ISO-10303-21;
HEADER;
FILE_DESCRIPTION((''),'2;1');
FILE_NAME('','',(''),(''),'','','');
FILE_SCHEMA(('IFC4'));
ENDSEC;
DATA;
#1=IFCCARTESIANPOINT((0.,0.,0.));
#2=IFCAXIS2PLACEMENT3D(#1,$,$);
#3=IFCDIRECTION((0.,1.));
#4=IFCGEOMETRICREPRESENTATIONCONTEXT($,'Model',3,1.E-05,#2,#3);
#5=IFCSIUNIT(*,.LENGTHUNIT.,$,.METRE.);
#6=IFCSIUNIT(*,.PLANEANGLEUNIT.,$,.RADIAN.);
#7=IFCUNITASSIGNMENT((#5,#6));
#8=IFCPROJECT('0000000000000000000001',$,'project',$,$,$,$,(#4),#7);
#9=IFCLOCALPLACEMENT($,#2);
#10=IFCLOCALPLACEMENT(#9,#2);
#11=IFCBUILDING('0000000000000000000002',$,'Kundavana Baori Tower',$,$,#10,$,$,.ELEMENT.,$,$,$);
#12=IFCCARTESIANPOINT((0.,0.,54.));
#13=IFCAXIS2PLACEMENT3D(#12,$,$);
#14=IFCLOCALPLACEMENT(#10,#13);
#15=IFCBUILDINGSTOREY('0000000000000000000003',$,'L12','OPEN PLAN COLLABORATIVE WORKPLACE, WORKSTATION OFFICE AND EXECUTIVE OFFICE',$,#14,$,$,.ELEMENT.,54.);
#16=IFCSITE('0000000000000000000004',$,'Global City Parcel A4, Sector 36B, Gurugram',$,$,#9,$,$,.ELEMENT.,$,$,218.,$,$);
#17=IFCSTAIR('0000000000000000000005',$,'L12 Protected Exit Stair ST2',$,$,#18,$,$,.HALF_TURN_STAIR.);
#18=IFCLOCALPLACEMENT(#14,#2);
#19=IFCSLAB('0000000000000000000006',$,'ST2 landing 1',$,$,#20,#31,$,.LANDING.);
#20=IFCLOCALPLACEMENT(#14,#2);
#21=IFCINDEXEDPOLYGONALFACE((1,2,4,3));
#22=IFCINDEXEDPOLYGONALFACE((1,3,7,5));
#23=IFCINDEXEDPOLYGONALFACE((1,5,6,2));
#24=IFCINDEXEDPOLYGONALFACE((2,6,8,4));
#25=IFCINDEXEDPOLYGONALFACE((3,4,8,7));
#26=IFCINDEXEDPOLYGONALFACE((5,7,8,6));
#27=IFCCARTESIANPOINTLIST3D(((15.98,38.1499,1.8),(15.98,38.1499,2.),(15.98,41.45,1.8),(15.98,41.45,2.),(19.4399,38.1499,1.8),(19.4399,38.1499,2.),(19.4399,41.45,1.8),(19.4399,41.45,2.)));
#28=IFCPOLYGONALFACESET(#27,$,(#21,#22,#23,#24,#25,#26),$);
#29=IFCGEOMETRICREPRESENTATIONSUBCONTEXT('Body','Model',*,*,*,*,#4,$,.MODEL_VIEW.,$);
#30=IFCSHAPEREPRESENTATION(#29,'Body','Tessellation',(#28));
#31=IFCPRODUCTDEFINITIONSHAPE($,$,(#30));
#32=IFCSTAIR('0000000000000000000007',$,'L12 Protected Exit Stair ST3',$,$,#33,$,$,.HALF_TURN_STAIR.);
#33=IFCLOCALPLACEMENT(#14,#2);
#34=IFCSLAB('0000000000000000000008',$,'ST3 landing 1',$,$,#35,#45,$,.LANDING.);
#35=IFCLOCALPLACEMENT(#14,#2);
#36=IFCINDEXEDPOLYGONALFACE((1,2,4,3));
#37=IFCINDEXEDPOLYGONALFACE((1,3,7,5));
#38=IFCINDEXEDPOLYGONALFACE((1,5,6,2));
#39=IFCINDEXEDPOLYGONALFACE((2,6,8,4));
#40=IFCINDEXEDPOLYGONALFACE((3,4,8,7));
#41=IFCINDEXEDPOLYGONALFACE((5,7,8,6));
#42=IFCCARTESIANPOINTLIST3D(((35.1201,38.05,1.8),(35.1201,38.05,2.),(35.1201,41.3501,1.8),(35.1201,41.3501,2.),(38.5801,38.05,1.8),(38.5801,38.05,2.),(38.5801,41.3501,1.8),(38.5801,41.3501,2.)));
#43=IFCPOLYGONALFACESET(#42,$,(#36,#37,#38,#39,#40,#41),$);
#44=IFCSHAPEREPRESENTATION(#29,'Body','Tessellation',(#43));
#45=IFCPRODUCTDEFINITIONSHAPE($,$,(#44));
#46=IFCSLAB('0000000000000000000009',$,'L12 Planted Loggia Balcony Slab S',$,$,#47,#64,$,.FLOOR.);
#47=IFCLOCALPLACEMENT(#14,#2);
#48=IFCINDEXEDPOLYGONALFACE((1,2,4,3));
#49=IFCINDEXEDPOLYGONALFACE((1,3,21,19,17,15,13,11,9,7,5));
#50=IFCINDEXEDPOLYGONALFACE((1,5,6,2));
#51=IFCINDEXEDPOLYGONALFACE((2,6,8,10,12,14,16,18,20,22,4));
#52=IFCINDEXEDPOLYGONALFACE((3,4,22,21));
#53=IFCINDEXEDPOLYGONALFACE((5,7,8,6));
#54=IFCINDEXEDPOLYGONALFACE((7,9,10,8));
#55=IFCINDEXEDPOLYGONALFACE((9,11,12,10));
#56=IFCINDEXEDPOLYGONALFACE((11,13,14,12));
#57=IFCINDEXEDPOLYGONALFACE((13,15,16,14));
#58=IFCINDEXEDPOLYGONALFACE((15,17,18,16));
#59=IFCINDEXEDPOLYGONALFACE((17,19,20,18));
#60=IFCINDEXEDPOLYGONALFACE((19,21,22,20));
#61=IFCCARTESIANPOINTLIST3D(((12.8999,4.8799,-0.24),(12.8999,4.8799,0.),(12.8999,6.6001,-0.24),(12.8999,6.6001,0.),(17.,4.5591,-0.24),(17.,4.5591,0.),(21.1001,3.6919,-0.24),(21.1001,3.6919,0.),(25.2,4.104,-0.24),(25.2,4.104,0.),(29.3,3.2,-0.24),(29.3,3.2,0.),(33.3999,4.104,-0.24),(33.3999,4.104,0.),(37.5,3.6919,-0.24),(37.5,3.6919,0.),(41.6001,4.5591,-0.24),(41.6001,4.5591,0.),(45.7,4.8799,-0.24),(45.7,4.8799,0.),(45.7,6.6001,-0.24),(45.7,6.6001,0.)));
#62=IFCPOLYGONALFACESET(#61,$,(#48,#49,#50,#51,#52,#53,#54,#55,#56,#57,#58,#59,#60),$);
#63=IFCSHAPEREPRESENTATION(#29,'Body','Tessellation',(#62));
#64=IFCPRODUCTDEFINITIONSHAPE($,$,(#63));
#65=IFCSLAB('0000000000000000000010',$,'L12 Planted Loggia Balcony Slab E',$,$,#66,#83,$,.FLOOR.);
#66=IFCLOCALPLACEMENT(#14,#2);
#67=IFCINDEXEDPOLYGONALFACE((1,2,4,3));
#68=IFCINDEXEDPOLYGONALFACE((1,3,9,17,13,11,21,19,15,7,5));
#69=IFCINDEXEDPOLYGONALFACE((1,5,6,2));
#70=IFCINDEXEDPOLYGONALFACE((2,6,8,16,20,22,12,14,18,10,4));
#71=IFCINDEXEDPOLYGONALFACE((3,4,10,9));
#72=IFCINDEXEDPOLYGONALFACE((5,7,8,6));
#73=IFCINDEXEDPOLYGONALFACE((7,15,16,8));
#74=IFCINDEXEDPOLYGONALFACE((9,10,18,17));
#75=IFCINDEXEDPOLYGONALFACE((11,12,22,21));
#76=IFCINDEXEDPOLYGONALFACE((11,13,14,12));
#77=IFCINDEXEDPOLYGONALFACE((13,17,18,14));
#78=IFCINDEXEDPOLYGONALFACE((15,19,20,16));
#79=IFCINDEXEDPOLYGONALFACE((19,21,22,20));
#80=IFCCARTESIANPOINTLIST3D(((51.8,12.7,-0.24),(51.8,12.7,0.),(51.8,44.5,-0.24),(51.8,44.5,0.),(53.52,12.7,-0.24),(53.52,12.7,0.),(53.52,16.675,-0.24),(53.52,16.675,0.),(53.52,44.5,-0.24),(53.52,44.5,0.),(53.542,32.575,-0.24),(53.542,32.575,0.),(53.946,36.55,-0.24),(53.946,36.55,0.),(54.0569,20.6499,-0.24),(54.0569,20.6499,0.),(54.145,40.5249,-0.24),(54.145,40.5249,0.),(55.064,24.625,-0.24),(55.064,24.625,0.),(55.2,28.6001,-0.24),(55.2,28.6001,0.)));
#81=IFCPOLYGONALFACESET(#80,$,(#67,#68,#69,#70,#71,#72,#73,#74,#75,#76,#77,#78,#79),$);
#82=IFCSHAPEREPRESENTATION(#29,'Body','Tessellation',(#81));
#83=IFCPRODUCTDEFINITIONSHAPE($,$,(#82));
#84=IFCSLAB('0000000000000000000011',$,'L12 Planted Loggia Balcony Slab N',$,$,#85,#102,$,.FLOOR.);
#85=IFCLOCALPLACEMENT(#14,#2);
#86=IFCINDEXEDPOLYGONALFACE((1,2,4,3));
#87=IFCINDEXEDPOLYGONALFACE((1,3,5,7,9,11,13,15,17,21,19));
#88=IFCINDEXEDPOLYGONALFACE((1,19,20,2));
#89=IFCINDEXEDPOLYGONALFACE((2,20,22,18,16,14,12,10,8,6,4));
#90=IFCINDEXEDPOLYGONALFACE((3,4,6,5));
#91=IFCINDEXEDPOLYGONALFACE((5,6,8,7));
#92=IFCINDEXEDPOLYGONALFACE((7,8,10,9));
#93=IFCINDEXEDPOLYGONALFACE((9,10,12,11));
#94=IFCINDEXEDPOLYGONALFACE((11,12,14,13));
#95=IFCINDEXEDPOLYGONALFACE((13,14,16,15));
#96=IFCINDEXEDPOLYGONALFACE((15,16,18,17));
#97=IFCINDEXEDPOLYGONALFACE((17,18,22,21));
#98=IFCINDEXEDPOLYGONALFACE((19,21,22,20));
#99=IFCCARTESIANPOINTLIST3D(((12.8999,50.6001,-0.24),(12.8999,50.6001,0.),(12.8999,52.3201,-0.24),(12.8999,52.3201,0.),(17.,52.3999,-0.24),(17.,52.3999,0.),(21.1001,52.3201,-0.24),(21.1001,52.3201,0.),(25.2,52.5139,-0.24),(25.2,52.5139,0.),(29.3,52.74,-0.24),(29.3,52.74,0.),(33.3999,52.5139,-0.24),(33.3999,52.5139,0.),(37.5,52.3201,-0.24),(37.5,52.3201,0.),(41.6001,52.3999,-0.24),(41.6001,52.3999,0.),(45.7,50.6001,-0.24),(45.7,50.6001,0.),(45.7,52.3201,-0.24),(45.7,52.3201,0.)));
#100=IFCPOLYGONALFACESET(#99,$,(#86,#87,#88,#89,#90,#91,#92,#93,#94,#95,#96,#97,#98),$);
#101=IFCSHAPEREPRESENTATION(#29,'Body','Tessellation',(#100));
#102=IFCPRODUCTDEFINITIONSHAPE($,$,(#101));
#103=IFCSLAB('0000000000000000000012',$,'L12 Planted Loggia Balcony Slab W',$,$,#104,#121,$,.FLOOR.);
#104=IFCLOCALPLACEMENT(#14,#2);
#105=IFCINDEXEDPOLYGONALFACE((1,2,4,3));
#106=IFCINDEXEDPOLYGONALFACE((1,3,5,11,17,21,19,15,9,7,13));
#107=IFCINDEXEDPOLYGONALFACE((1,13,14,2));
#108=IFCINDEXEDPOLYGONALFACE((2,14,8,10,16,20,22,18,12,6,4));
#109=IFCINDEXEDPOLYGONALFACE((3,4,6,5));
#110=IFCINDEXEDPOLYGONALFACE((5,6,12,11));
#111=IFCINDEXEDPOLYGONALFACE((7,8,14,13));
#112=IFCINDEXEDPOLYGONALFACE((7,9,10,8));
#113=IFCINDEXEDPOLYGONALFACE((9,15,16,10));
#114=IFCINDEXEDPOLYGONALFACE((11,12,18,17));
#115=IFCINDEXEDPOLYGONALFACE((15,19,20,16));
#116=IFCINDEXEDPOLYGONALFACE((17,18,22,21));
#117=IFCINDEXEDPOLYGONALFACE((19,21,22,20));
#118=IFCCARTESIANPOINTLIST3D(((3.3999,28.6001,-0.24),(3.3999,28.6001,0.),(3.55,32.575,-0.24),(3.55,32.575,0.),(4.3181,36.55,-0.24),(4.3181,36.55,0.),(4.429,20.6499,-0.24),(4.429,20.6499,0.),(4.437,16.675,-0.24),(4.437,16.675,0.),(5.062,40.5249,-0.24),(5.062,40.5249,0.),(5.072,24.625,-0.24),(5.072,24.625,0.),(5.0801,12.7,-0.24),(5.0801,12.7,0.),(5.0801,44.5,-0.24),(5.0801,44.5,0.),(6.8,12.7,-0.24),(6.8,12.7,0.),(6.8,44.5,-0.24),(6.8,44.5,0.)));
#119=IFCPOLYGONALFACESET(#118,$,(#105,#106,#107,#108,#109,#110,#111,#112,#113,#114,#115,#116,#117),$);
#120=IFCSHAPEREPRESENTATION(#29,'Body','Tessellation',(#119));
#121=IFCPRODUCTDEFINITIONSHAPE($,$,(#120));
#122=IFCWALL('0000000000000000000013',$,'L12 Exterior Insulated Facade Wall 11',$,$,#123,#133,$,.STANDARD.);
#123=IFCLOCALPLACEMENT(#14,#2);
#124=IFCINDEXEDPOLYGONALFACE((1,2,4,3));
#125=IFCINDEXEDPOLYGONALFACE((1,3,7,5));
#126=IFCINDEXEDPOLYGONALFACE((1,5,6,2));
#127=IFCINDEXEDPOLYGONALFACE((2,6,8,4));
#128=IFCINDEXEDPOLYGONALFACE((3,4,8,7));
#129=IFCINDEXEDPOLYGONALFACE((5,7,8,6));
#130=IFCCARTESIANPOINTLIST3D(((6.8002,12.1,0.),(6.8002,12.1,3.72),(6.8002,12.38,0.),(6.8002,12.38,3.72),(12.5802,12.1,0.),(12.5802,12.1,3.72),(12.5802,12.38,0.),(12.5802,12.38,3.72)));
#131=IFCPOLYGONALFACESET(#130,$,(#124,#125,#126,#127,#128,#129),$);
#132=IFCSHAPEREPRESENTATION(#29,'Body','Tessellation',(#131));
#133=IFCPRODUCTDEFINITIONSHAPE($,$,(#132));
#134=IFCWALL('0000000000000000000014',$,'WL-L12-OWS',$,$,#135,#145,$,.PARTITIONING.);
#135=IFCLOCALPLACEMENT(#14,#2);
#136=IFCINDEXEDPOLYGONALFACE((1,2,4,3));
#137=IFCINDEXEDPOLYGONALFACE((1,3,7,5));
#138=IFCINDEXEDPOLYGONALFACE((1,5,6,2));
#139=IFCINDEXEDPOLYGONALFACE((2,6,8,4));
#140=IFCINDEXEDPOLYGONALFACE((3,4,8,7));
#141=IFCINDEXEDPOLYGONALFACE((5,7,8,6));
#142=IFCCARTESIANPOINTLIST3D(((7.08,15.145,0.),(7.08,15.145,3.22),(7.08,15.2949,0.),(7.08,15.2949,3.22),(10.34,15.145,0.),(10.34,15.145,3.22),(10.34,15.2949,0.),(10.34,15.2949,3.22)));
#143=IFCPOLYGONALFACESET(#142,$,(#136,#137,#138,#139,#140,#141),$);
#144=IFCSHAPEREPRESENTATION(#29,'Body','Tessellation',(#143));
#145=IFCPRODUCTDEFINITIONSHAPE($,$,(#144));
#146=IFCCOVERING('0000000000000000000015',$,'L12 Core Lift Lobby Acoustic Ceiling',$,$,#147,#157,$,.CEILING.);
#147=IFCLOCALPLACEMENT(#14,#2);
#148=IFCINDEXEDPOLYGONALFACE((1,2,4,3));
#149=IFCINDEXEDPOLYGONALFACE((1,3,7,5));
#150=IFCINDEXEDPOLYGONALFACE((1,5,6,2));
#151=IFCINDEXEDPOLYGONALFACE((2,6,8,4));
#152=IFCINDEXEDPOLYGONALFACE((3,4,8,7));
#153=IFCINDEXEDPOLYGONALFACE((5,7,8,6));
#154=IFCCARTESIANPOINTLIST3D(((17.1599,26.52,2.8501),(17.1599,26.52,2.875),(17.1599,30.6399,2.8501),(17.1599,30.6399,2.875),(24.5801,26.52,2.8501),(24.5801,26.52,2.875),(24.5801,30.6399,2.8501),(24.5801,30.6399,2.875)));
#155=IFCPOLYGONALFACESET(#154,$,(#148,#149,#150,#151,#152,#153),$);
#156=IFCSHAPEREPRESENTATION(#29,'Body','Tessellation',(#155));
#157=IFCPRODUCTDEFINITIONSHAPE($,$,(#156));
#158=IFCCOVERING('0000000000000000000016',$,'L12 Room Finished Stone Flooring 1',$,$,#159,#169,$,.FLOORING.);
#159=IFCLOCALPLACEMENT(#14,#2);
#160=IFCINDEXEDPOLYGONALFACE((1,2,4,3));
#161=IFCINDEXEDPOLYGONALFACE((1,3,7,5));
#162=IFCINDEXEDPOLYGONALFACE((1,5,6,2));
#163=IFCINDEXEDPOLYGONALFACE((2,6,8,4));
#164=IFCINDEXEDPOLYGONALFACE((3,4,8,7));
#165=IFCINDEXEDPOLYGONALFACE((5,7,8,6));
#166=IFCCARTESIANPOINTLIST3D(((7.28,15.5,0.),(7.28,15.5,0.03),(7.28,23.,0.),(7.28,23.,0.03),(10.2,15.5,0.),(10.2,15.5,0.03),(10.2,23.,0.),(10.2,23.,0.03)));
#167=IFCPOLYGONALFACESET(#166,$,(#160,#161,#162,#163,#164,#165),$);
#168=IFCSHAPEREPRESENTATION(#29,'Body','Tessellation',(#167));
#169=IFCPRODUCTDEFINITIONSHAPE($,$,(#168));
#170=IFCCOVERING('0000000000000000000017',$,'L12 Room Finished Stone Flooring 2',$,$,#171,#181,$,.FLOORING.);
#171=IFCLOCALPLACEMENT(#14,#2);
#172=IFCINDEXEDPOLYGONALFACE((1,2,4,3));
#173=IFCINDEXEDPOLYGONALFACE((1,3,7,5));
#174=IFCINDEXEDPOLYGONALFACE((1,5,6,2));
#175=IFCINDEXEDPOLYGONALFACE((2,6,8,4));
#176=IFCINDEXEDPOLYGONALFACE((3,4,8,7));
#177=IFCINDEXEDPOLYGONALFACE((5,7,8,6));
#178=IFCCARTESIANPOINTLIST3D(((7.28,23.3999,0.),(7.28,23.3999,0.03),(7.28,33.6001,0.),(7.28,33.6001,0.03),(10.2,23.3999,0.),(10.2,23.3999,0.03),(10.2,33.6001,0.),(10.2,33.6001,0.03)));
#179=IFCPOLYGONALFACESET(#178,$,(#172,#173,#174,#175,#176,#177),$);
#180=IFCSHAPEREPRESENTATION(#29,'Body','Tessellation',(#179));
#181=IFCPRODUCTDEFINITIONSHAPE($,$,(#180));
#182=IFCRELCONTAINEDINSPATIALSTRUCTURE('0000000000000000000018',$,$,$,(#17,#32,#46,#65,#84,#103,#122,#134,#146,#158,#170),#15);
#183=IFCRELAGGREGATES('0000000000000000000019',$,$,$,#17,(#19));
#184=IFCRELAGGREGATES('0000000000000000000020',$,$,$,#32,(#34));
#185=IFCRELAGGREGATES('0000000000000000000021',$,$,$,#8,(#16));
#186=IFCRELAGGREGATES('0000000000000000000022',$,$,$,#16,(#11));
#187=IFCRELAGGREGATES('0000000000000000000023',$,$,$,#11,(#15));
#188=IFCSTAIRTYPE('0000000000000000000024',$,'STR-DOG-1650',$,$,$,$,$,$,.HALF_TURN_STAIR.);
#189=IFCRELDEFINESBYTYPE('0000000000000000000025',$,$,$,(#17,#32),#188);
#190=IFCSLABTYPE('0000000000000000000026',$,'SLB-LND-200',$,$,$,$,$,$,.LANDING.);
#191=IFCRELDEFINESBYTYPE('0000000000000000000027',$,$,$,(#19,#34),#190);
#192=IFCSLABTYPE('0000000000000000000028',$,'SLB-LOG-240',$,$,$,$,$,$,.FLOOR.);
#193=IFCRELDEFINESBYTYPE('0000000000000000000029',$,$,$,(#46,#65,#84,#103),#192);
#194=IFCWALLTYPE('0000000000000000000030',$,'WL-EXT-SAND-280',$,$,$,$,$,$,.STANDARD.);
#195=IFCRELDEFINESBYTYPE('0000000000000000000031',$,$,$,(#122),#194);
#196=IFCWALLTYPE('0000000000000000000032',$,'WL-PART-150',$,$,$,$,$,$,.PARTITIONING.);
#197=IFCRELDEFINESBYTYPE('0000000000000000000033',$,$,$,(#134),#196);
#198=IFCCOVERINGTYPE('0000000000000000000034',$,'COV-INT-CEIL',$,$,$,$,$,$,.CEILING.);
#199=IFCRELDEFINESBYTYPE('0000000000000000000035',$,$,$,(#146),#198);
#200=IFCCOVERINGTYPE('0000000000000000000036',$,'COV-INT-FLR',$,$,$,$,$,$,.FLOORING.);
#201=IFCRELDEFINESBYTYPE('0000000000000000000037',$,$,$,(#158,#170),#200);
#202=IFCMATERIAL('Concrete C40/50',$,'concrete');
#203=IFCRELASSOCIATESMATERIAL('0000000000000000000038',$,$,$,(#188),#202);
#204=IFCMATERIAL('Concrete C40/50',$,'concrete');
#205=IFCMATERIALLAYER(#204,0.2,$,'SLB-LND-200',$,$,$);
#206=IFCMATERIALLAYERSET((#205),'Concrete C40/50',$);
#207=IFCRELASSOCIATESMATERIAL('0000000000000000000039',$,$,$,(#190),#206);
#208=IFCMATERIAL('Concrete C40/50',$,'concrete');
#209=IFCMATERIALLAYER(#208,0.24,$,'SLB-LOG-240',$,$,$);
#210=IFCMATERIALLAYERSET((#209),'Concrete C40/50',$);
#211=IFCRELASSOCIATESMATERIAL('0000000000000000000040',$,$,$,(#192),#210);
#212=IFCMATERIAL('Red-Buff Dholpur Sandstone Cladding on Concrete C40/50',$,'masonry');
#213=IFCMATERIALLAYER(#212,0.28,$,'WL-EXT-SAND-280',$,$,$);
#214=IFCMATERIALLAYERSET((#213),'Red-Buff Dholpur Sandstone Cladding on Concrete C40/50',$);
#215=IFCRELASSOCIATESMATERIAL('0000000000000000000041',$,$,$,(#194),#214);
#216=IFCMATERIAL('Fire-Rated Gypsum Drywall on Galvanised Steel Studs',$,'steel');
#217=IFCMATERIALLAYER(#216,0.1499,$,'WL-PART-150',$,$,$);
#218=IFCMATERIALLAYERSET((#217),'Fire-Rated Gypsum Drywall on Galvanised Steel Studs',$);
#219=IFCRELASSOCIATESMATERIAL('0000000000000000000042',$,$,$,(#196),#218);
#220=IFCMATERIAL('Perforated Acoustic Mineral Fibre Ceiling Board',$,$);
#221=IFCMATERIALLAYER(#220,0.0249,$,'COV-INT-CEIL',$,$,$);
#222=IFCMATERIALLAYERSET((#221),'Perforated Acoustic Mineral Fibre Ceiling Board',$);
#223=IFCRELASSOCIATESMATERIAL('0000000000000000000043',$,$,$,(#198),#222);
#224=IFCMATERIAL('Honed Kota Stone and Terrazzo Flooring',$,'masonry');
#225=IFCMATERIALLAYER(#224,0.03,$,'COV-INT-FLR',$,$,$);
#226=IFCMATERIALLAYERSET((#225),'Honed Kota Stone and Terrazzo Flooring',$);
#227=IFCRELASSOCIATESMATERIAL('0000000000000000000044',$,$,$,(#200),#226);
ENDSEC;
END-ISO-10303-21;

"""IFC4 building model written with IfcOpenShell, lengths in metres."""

from ifc_helpers import new_model, si_unit, direction, frame, frame_2d, origin, place, context, subcontext, project, spatial, polyline, rectangle, outline, extrude, material, layer, layer_set, type_object, element, aggregate, save


model = new_model("IFC4")

# Units and contexts
model_context = context("Model", 3, precision=1e-05, world=origin(), true_north=direction((0.0, 1.0)))
body_context = subcontext(model_context, "Body", "Model", "MODEL_VIEW")
ifc_project = project(units=[si_unit("LENGTHUNIT", "METRE"), si_unit("PLANEANGLEUNIT", "RADIAN")], contexts=[model_context])

# Site, building, storey
site_placement = place(None, origin())
site = spatial("IfcSite", under=ifc_project, at=site_placement, Name="Global City Parcel A4, Sector 36B, Gurugram", CompositionType="ELEMENT", RefElevation=218.0)
building_placement = place(site_placement, origin())
building = spatial("IfcBuilding", under=site, at=building_placement, Name="Kundavana Baori Tower", CompositionType="ELEMENT")
storey_placement = place(building_placement, frame((0.0, 0.0, 54.0)))
storey = spatial("IfcBuildingStorey", under=building, at=storey_placement, Name="L12", Description="OPEN PLAN COLLABORATIVE WORKPLACE, WORKSTATION OFFICE AND EXECUTIVE OFFICE", CompositionType="ELEMENT", Elevation=54.0)

# Stairs, slabs
ifc_material_1 = material(Name="Concrete C40/50", Category="concrete")
stair_type = type_object("IfcStairType", Name="STR-DOG-1650", PredefinedType="HALF_TURN_STAIR", material=ifc_material_1)
ifc_material_2 = material(Name="Concrete C40/50", Category="concrete")
ifc_layer_1 = layer(ifc_material_2, 0.2, Name="SLB-LND-200")
ifc_layer_set_1 = layer_set([ifc_layer_1], Name="Concrete C40/50")
slab_type_1 = type_object("IfcSlabType", Name="SLB-LND-200", PredefinedType="LANDING", material=ifc_layer_set_1)
stair_1_placement = place(storey_placement, origin())
stair_1 = element("IfcStair", 1, at=stair_1_placement, inside=storey, type_object=stair_type, Name="L12 Protected Exit Stair ST2", PredefinedType="HALF_TURN_STAIR")
slab_1_placement = place(storey_placement, frame((0.0, 0.0, 1.8)))
slab_1 = element("IfcSlab", 2, at=slab_1_placement, type_object=slab_type_1, Name="ST2 landing 1", PredefinedType="LANDING", context=body_context, shape_type="SweptSolid", body=[
    extrude(outline(polyline([(19.4399, 38.1499), (19.4399, 41.45), (15.98, 41.45), (15.98, 38.1499), (19.4399, 38.1499)])), origin(), (0.0, 0.0, 1.0), 0.2),
])
aggregate(stair_1, [slab_1])
stair_2_placement = place(storey_placement, origin())
stair_2 = element("IfcStair", 3, at=stair_2_placement, inside=storey, type_object=stair_type, Name="L12 Protected Exit Stair ST3", PredefinedType="HALF_TURN_STAIR")
slab_2_placement = place(storey_placement, frame((0.0, 0.0, 1.8)))
slab_2 = element("IfcSlab", 4, at=slab_2_placement, type_object=slab_type_1, Name="ST3 landing 1", PredefinedType="LANDING", context=body_context, shape_type="SweptSolid", body=[
    extrude(outline(polyline([(38.5801, 38.05), (38.5801, 41.3501), (35.1201, 41.3501), (35.1201, 38.05), (38.5801, 38.05)])), origin(), (0.0, 0.0, 1.0), 0.2),
])
aggregate(stair_2, [slab_2])

# Slabs
ifc_material_3 = material(Name="Concrete C40/50", Category="concrete")
ifc_layer_2 = layer(ifc_material_3, 0.24, Name="SLB-LOG-240")
ifc_layer_set_2 = layer_set([ifc_layer_2], Name="Concrete C40/50")
slab_type_2 = type_object("IfcSlabType", Name="SLB-LOG-240", PredefinedType="FLOOR", material=ifc_layer_set_2)
slab_3_placement = place(storey_placement, frame((0.0, 0.0, -0.24)))
element("IfcSlab", 5, at=slab_3_placement, inside=storey, type_object=slab_type_2, Name="L12 Planted Loggia Balcony Slab S", PredefinedType="FLOOR", context=body_context, shape_type="SweptSolid", body=[
    extrude(outline(polyline([(12.8999, 6.6001), (45.7, 6.6001), (45.7, 4.8799), (41.6001, 4.5591), (37.5, 3.6919), (33.3999, 4.104), (29.3, 3.2), (25.2, 4.104), (21.1001, 3.6919), (17.0, 4.5591), (12.8999, 4.8799), (12.8999, 6.6001)])), origin(), (0.0, 0.0, 1.0), 0.24),
])
slab_4_placement = place(storey_placement, frame((0.0, 0.0, -0.24)))
element("IfcSlab", 6, at=slab_4_placement, inside=storey, type_object=slab_type_2, Name="L12 Planted Loggia Balcony Slab E", PredefinedType="FLOOR", context=body_context, shape_type="SweptSolid", body=[
    extrude(outline(polyline([(51.8, 12.7), (51.8, 44.5), (53.52, 44.5), (54.145, 40.5249), (53.946, 36.55), (53.542, 32.575), (55.2, 28.6001), (55.064, 24.625), (54.0569, 20.6499), (53.52, 16.675), (53.52, 12.7), (51.8, 12.7)])), origin(), (0.0, 0.0, 1.0), 0.24),
])
slab_5_placement = place(storey_placement, frame((0.0, 0.0, -0.24)))
element("IfcSlab", 7, at=slab_5_placement, inside=storey, type_object=slab_type_2, Name="L12 Planted Loggia Balcony Slab N", PredefinedType="FLOOR", context=body_context, shape_type="SweptSolid", body=[
    extrude(outline(polyline([(45.7, 50.6001), (12.8999, 50.6001), (12.8999, 52.3201), (17.0, 52.3999), (21.1001, 52.3201), (25.2, 52.5139), (29.3, 52.74), (33.3999, 52.5139), (37.5, 52.3201), (41.6001, 52.3999), (45.7, 52.3201), (45.7, 50.6001)])), origin(), (0.0, 0.0, 1.0), 0.24),
])
slab_6_placement = place(storey_placement, frame((0.0, 0.0, -0.24)))
element("IfcSlab", 8, at=slab_6_placement, inside=storey, type_object=slab_type_2, Name="L12 Planted Loggia Balcony Slab W", PredefinedType="FLOOR", context=body_context, shape_type="SweptSolid", body=[
    extrude(outline(polyline([(6.8, 44.5), (6.8, 12.7), (5.0801, 12.7), (4.437, 16.675), (4.429, 20.6499), (5.072, 24.625), (3.3999, 28.6001), (3.55, 32.575), (4.3181, 36.55), (5.062, 40.5249), (5.0801, 44.5), (6.8, 44.5)])), origin(), (0.0, 0.0, 1.0), 0.24),
])

# Walls
ifc_material_4 = material(Name="Red-Buff Dholpur Sandstone Cladding on Concrete C40/50", Category="masonry")
ifc_layer_3 = layer(ifc_material_4, 0.28, Name="WL-EXT-SAND-280")
ifc_layer_set_3 = layer_set([ifc_layer_3], Name="Red-Buff Dholpur Sandstone Cladding on Concrete C40/50")
wall_type_1 = type_object("IfcWallType", Name="WL-EXT-SAND-280", PredefinedType="STANDARD", material=ifc_layer_set_3)
wall_1_placement = place(storey_placement, frame((6.8, 12.24, 0.0), z_axis=(0.0, 0.0, 1.0), x_axis=(1.0, 0.0, 0.0)))
element("IfcWall", 9, at=wall_1_placement, inside=storey, type_object=wall_type_1, Name="L12 Exterior Insulated Facade Wall 11", PredefinedType="STANDARD", context=body_context, shape_type="SweptSolid", body=[
    extrude(rectangle(XDim=5.78, YDim=0.28, at=frame_2d((2.8901, 0.0))), origin(), (0.0, 0.0, 1.0), 3.72),
])
ifc_material_5 = material(Name="Fire-Rated Gypsum Drywall on Galvanised Steel Studs", Category="steel")
ifc_layer_4 = layer(ifc_material_5, 0.1499, Name="WL-PART-150")
ifc_layer_set_4 = layer_set([ifc_layer_4], Name="Fire-Rated Gypsum Drywall on Galvanised Steel Studs")
wall_type_2 = type_object("IfcWallType", Name="WL-PART-150", PredefinedType="PARTITIONING", material=ifc_layer_set_4)
wall_2_placement = place(storey_placement, frame((7.0801, 15.22, 0.0), z_axis=(0.0, 0.0, 1.0), x_axis=(1.0, 0.0, 0.0)))
element("IfcWall", 10, at=wall_2_placement, inside=storey, type_object=wall_type_2, Name="WL-L12-OWS", PredefinedType="PARTITIONING", context=body_context, shape_type="SweptSolid", body=[
    extrude(rectangle(XDim=3.26, YDim=0.1499, at=frame_2d((1.6299, 0.0))), origin(), (0.0, 0.0, 1.0), 3.22),
])

# Coverings
ifc_material_6 = material(Name="Perforated Acoustic Mineral Fibre Ceiling Board")
ifc_layer_5 = layer(ifc_material_6, 0.0249, Name="COV-INT-CEIL")
ifc_layer_set_5 = layer_set([ifc_layer_5], Name="Perforated Acoustic Mineral Fibre Ceiling Board")
covering_type_1 = type_object("IfcCoveringType", Name="COV-INT-CEIL", PredefinedType="CEILING", material=ifc_layer_set_5)
covering_1_placement = place(storey_placement, frame((0.0, 0.0, 2.8501)))
element("IfcCovering", 11, at=covering_1_placement, inside=storey, type_object=covering_type_1, Name="L12 Core Lift Lobby Acoustic Ceiling", PredefinedType="CEILING", context=body_context, shape_type="SweptSolid", body=[
    extrude(outline(polyline([(17.1599, 26.52), (24.5801, 26.52), (24.5801, 30.6399), (17.1599, 30.6399), (17.1599, 26.52)])), origin(), (0.0, 0.0, 1.0), 0.0249),
])
ifc_material_7 = material(Name="Honed Kota Stone and Terrazzo Flooring", Category="masonry")
ifc_layer_6 = layer(ifc_material_7, 0.03, Name="COV-INT-FLR")
ifc_layer_set_6 = layer_set([ifc_layer_6], Name="Honed Kota Stone and Terrazzo Flooring")
covering_type_2 = type_object("IfcCoveringType", Name="COV-INT-FLR", PredefinedType="FLOORING", material=ifc_layer_set_6)
covering_2_placement = place(storey_placement, origin())
element("IfcCovering", 12, at=covering_2_placement, inside=storey, type_object=covering_type_2, Name="L12 Room Finished Stone Flooring 1", PredefinedType="FLOORING", context=body_context, shape_type="SweptSolid", body=[
    extrude(outline(polyline([(7.28, 15.5), (10.2, 15.5), (10.2, 23.0), (7.28, 23.0), (7.28, 15.5)])), origin(), (0.0, 0.0, 1.0), 0.03),
])
covering_3_placement = place(storey_placement, origin())
element("IfcCovering", 13, at=covering_3_placement, inside=storey, type_object=covering_type_2, Name="L12 Room Finished Stone Flooring 2", PredefinedType="FLOORING", context=body_context, shape_type="SweptSolid", body=[
    extrude(outline(polyline([(7.28, 23.3999), (10.2, 23.3999), (10.2, 33.6001), (7.28, 33.6001), (7.28, 23.3999)])), origin(), (0.0, 0.0, 1.0), 0.03),
])

save(model, "model.ifc")
